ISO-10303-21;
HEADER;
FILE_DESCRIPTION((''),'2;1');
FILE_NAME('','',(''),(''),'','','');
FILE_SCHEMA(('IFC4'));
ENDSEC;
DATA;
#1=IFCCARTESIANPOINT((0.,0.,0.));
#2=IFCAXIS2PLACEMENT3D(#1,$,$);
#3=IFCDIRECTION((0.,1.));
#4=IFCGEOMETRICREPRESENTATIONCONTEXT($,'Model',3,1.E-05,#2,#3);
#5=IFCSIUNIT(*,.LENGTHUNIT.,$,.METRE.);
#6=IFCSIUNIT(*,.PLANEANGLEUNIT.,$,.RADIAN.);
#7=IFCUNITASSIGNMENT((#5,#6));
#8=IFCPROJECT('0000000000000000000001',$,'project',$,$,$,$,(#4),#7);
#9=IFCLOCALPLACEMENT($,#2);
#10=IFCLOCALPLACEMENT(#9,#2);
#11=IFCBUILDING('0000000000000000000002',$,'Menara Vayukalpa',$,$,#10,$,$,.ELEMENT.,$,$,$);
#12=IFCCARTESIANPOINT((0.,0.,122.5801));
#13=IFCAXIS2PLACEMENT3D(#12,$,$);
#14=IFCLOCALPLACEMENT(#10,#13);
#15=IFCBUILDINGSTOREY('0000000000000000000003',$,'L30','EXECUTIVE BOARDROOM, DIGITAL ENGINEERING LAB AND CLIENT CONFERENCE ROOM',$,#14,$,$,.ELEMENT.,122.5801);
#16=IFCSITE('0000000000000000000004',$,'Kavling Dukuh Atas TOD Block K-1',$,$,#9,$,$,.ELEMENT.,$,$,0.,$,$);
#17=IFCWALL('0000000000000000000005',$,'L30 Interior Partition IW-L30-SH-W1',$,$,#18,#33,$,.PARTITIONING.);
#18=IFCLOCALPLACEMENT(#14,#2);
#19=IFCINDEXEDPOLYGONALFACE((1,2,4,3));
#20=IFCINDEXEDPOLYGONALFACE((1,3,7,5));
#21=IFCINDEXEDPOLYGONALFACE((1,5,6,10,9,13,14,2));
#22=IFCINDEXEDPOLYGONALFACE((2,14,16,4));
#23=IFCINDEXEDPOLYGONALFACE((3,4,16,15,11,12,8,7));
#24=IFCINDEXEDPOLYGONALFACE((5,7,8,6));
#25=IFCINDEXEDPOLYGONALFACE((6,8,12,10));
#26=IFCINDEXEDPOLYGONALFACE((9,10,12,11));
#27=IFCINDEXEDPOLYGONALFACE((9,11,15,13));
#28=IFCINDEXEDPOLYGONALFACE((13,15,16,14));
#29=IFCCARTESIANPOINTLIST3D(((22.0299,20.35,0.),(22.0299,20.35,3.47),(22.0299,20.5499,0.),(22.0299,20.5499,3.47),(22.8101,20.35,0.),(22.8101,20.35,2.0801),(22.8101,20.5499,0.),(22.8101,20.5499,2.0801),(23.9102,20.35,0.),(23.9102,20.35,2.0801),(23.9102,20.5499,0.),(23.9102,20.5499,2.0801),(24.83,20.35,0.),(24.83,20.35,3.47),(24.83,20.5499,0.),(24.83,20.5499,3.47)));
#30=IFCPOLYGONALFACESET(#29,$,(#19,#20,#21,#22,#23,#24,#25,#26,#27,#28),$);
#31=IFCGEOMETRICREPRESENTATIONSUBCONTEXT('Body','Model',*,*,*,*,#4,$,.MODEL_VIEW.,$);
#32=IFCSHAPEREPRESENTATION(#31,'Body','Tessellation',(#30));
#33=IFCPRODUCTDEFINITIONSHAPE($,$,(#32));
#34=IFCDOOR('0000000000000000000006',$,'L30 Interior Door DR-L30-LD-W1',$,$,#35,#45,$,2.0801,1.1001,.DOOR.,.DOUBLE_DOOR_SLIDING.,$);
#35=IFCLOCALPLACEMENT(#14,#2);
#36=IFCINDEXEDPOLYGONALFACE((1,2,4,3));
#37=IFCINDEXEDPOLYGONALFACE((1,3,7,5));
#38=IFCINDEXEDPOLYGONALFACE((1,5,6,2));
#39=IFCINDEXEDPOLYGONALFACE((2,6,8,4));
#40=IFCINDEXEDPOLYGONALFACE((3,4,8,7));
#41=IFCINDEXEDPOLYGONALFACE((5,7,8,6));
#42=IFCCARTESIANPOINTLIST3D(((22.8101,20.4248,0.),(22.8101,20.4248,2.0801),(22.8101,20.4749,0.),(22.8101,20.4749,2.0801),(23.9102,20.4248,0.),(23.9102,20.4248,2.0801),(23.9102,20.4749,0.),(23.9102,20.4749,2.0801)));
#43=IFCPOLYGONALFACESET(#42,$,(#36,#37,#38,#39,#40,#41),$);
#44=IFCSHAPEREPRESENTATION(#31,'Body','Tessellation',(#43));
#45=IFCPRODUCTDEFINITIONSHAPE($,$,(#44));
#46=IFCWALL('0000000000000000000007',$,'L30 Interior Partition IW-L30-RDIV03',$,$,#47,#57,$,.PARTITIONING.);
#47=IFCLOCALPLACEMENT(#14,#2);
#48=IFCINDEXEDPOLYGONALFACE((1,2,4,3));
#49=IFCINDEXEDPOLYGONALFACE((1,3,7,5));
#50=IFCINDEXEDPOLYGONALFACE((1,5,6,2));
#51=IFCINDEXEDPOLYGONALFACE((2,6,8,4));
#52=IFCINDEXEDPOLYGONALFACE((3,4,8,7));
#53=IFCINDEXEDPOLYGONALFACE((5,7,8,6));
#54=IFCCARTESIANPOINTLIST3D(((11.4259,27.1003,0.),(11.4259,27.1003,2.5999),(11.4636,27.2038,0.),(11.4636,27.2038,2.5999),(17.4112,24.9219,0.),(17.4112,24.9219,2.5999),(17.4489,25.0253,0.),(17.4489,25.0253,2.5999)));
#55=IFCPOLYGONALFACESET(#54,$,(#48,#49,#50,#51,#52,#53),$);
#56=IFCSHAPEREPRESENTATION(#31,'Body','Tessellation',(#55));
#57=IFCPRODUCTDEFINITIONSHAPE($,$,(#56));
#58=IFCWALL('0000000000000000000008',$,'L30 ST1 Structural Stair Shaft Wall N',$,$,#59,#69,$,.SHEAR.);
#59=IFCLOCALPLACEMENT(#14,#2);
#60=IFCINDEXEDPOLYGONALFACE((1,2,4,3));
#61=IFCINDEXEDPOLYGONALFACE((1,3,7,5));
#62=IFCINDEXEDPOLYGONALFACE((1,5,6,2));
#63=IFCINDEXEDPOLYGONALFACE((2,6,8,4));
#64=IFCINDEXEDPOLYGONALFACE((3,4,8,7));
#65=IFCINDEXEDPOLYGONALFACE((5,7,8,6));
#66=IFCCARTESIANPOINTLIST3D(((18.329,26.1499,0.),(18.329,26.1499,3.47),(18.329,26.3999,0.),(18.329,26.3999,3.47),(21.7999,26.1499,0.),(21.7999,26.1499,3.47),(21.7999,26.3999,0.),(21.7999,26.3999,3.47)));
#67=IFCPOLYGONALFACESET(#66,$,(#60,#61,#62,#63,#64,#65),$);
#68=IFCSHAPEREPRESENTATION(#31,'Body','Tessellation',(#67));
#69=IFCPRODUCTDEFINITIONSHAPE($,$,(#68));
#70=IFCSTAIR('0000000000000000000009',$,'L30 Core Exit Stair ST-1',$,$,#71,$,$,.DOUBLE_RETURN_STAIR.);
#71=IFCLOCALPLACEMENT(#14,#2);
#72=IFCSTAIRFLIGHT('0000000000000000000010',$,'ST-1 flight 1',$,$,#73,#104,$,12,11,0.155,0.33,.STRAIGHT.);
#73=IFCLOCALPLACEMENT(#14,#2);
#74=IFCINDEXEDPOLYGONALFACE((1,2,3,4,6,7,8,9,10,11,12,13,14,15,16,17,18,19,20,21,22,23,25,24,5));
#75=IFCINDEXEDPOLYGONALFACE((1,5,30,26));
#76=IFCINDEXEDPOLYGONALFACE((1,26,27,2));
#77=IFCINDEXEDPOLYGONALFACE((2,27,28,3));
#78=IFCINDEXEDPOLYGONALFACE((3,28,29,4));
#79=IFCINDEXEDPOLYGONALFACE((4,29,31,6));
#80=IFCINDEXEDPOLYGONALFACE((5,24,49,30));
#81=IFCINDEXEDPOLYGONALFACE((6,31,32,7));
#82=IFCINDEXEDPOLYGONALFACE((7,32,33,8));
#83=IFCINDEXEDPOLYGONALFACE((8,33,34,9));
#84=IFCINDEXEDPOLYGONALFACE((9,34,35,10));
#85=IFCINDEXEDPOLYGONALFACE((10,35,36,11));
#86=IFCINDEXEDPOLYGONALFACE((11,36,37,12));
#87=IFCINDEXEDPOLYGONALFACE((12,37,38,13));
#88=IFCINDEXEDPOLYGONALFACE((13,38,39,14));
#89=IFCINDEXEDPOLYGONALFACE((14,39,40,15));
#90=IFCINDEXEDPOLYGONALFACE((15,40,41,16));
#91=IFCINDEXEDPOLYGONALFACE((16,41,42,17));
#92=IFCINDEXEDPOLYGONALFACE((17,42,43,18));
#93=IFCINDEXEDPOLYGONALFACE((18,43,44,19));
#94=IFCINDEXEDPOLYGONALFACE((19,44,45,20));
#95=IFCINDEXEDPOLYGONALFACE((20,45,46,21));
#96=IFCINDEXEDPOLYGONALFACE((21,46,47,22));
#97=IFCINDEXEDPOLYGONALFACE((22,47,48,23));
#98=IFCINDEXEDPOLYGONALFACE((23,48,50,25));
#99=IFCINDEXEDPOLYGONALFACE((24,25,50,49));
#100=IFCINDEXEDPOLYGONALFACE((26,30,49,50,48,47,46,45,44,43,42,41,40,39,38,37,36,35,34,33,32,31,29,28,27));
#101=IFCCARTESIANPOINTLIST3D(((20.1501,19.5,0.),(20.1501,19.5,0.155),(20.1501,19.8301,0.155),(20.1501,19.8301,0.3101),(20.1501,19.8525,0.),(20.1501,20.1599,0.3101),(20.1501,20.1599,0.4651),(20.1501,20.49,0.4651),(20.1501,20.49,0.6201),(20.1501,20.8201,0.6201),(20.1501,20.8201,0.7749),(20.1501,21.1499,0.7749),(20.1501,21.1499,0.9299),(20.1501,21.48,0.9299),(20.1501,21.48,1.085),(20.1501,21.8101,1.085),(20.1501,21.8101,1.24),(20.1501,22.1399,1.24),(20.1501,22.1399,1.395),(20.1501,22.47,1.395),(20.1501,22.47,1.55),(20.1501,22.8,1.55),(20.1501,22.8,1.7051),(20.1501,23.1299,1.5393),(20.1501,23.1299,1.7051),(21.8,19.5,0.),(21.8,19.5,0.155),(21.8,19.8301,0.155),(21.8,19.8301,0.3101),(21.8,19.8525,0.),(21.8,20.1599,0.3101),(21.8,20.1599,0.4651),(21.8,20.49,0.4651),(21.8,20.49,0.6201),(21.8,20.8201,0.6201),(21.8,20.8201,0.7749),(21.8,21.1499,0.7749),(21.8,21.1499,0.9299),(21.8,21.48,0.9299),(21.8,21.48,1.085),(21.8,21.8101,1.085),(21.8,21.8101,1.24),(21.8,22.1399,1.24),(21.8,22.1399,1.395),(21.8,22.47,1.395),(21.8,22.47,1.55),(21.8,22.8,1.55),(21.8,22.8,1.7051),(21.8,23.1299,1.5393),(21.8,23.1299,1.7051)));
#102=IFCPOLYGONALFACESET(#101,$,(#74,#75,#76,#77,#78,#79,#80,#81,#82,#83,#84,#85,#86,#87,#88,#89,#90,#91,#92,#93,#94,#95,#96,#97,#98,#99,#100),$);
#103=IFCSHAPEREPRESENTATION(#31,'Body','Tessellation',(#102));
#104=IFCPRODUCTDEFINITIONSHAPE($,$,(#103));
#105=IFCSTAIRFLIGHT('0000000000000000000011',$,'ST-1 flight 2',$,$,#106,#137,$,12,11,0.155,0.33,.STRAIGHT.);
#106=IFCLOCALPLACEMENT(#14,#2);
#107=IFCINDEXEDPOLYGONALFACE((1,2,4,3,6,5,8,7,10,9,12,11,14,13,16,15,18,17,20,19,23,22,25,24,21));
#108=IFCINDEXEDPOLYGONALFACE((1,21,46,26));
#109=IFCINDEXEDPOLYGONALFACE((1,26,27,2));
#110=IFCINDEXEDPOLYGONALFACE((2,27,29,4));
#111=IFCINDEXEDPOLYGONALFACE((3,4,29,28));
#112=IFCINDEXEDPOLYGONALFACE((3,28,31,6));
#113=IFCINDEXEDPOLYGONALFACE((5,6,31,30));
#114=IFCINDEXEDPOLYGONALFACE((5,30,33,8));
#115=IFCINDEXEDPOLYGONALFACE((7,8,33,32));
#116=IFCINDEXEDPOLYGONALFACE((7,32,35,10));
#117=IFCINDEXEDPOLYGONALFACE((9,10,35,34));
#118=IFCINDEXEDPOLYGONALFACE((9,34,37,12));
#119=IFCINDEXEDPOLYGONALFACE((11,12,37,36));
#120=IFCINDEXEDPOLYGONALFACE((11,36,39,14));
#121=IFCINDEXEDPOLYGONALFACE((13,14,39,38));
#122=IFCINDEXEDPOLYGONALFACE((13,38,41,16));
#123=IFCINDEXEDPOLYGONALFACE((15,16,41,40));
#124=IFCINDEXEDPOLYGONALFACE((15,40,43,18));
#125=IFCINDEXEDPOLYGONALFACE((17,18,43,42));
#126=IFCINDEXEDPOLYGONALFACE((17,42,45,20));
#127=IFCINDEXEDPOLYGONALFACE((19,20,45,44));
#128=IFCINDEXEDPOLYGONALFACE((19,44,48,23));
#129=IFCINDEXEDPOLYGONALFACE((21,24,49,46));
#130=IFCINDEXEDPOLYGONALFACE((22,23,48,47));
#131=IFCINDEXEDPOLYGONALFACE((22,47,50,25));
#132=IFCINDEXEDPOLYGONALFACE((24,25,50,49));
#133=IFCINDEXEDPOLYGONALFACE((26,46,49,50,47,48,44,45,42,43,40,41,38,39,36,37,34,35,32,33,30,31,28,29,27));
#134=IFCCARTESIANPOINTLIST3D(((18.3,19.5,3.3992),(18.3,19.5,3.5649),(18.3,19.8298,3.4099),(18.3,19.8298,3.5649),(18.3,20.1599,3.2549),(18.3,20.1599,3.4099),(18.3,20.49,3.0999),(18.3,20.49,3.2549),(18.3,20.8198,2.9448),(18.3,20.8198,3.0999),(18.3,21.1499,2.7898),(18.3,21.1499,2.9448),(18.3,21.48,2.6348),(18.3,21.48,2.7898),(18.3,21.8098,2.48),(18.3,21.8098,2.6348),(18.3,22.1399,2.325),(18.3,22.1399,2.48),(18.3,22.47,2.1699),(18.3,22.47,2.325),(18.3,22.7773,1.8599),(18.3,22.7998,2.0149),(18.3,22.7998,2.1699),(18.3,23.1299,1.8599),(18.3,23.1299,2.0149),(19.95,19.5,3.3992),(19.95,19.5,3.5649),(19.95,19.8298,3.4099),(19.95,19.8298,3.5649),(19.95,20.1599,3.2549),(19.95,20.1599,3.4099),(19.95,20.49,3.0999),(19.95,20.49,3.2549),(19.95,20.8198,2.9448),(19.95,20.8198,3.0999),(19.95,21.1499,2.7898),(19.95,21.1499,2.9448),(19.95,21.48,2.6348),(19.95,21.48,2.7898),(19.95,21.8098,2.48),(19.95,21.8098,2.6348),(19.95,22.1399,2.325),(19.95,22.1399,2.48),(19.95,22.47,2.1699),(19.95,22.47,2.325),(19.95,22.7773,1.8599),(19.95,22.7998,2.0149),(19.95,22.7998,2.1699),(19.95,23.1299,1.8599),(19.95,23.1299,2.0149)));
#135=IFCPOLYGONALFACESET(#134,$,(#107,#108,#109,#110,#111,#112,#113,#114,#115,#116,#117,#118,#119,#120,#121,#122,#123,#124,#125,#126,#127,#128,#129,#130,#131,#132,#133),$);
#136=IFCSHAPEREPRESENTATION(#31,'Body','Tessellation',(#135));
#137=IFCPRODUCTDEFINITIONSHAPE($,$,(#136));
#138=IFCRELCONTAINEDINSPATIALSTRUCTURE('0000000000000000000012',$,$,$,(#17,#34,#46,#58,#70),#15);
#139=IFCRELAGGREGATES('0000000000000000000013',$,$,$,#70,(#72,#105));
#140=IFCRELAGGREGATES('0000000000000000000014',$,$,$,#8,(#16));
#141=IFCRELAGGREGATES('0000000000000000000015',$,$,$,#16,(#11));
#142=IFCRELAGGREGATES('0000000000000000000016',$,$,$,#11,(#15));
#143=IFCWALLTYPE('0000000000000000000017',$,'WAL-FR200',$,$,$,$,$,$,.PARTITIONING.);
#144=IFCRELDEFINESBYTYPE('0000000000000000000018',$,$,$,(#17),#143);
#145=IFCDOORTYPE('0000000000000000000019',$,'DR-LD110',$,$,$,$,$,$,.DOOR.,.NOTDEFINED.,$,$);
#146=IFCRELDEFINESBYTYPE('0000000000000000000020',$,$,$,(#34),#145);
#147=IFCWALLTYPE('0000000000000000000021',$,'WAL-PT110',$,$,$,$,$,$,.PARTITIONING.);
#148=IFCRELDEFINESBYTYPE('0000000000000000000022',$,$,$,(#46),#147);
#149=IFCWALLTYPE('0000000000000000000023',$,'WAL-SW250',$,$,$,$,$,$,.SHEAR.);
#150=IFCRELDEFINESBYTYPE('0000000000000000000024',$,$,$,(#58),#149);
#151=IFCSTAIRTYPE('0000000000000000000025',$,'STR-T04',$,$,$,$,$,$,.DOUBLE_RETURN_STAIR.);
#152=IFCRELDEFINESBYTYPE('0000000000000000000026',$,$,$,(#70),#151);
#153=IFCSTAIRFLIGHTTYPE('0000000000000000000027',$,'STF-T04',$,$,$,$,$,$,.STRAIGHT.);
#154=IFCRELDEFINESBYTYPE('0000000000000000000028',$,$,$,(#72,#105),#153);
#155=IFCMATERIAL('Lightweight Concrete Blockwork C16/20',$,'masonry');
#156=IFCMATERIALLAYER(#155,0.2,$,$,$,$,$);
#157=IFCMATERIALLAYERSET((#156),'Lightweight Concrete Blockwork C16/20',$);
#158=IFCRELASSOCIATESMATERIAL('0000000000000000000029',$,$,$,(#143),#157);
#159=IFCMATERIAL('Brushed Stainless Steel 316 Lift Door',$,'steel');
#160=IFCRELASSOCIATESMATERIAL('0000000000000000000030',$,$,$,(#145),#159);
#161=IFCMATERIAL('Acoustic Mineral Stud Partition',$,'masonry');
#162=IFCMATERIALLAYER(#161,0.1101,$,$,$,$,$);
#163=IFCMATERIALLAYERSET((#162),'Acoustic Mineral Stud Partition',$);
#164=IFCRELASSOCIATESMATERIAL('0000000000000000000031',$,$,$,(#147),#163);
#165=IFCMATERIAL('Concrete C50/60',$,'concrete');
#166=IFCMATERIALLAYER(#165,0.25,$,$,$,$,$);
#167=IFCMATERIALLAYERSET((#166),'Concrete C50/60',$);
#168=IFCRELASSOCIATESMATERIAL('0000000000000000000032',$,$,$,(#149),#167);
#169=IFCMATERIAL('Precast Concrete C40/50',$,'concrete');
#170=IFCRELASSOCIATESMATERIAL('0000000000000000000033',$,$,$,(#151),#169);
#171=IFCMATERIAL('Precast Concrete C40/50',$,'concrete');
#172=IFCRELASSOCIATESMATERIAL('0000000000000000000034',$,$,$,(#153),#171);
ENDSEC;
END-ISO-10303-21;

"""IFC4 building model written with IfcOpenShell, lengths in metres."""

from ifc_helpers import new_model, si_unit, direction, frame, frame_2d, origin, place, context, subcontext, project, spatial, polyline, rectangle, outline, extrude, material, layer, layer_set, type_object, element, fill, aggregate, save


model = new_model("IFC4")

# Units and contexts
model_context = context("Model", 3, precision=1e-05, world=origin(), true_north=direction((0.0, 1.0)))
body_context = subcontext(model_context, "Body", "Model", "MODEL_VIEW")
ifc_project = project(units=[si_unit("LENGTHUNIT", "METRE"), si_unit("PLANEANGLEUNIT", "RADIAN")], contexts=[model_context])

# Site, building, storey
site_placement = place(None, origin())
site = spatial("IfcSite", under=ifc_project, at=site_placement, Name="Kavling Dukuh Atas TOD Block K-1", CompositionType="ELEMENT", RefElevation=0.0)
building_placement = place(site_placement, origin())
building = spatial("IfcBuilding", under=site, at=building_placement, Name="Menara Vayukalpa", CompositionType="ELEMENT")
storey_placement = place(building_placement, frame((0.0, 0.0, 122.5801)))
storey = spatial("IfcBuildingStorey", under=building, at=storey_placement, Name="L30", Description="EXECUTIVE BOARDROOM, DIGITAL ENGINEERING LAB AND CLIENT CONFERENCE ROOM", CompositionType="ELEMENT", Elevation=122.5801)

# Wall, opening, door
ifc_material_1 = material(Name="Lightweight Concrete Blockwork C16/20", Category="masonry")
ifc_layer_1 = layer(ifc_material_1, 0.2)
ifc_layer_set_1 = layer_set([ifc_layer_1], Name="Lightweight Concrete Blockwork C16/20")
wall_type_1 = type_object("IfcWallType", Name="WAL-FR200", PredefinedType="PARTITIONING", material=ifc_layer_set_1)
wall_1_placement = place(storey_placement, frame((22.03, 20.45, 0.0), z_axis=(0.0, 0.0, 1.0), x_axis=(1.0, 0.0, 0.0)))
wall_1 = element("IfcWall", 1, at=wall_1_placement, inside=storey, type_object=wall_type_1, Name="L30 Interior Partition IW-L30-SH-W1", PredefinedType="PARTITIONING", context=body_context, shape_type="SweptSolid", body=[
    extrude(rectangle(XDim=2.8, YDim=0.2, at=frame_2d((1.3999, 0.0))), origin(), (0.0, 0.0, 1.0), 3.47),
])
opening_placement = place(wall_1_placement, frame((0.78, 0.0, 0.0)))
opening = element("IfcOpeningElement", 2, at=opening_placement, cuts=wall_1, PredefinedType="OPENING", context=body_context, shape_type="SweptSolid", body=[
    extrude(rectangle(XDim=1.1001, YDim=2.0801, at=frame_2d((0.55, 1.04))), frame((0.0, 0.1099, 0.0), z_axis=(0.0, -1.0, 0.0), x_axis=(1.0, 0.0, 0.0)), (0.0, 0.0, 1.0), 0.22),
])
ifc_material_2 = material(Name="Brushed Stainless Steel 316 Lift Door", Category="steel")
door_type = type_object("IfcDoorType", Name="DR-LD110", OperationType="NOTDEFINED", PredefinedType="DOOR", material=ifc_material_2)
door_placement = place(opening_placement, origin())
door = element("IfcDoor", 3, at=door_placement, inside=storey, type_object=door_type, Name="L30 Interior Door DR-L30-LD-W1", OperationType="DOUBLE_DOOR_SLIDING", OverallHeight=2.0801, OverallWidth=1.1001, PredefinedType="DOOR", context=body_context, shape_type="SweptSolid", body=[
    extrude(rectangle(XDim=1.1001, YDim=2.0801, at=frame_2d((0.55, 1.04))), frame((0.0, 0.0249, 0.0), z_axis=(0.0, -1.0, 0.0), x_axis=(1.0, 0.0, 0.0)), (0.0, 0.0, 1.0), 0.05),
])
fill(opening, door)

# Walls
ifc_material_3 = material(Name="Acoustic Mineral Stud Partition", Category="masonry")
ifc_layer_2 = layer(ifc_material_3, 0.1101)
ifc_layer_set_2 = layer_set([ifc_layer_2], Name="Acoustic Mineral Stud Partition")
wall_type_2 = type_object("IfcWallType", Name="WAL-PT110", PredefinedType="PARTITIONING", material=ifc_layer_set_2)
wall_2_placement = place(storey_placement, frame((17.4299, 24.9736, 0.0), z_axis=(0.0, 0.0, 1.0), x_axis=(-0.939694, 0.342017, 0.0)))
element("IfcWall", 4, at=wall_2_placement, inside=storey, type_object=wall_type_2, Name="L30 Interior Partition IW-L30-RDIV03", PredefinedType="PARTITIONING", context=body_context, shape_type="SweptSolid", body=[
    extrude(rectangle(XDim=6.3694, YDim=0.1101, at=frame_2d((3.1846, 0.0))), origin(), (0.0, 0.0, 1.0), 2.5999),
])
ifc_material_4 = material(Name="Concrete C50/60", Category="concrete")
ifc_layer_3 = layer(ifc_material_4, 0.25)
ifc_layer_set_3 = layer_set([ifc_layer_3], Name="Concrete C50/60")
wall_type_3 = type_object("IfcWallType", Name="WAL-SW250", PredefinedType="SHEAR", material=ifc_layer_set_3)
wall_3_placement = place(storey_placement, frame((18.3291, 26.2749, 0.0), z_axis=(0.0, 0.0, 1.0), x_axis=(1.0, 0.0, 0.0)))
element("IfcWall", 5, at=wall_3_placement, inside=storey, type_object=wall_type_3, Name="L30 ST1 Structural Stair Shaft Wall N", PredefinedType="SHEAR", context=body_context, shape_type="SweptSolid", body=[
    extrude(rectangle(XDim=3.4709, YDim=0.25, at=frame_2d((1.7354, 0.0))), origin(), (0.0, 0.0, 1.0), 3.47),
])

# Stair, stair flights
ifc_material_5 = material(Name="Precast Concrete C40/50", Category="concrete")
stair_type = type_object("IfcStairType", Name="STR-T04", PredefinedType="DOUBLE_RETURN_STAIR", material=ifc_material_5)
stair_placement = place(storey_placement, origin())
stair = element("IfcStair", 6, at=stair_placement, inside=storey, type_object=stair_type, Name="L30 Core Exit Stair ST-1", PredefinedType="DOUBLE_RETURN_STAIR")
ifc_material_6 = material(Name="Precast Concrete C40/50", Category="concrete")
stair_flight_type = type_object("IfcStairFlightType", Name="STF-T04", PredefinedType="STRAIGHT", material=ifc_material_6)
stair_flight_1_placement = place(storey_placement, frame((20.9751, 19.5, 0.0), z_axis=(0.0, 0.0, 1.0), x_axis=(0.0, 1.0, 0.0)))
stair_flight_1 = element("IfcStairFlight", 7, at=stair_flight_1_placement, type_object=stair_flight_type, Name="ST-1 flight 1", NumberOfRisers=12, NumberOfTreads=11, PredefinedType="STRAIGHT", RiserHeight=0.155, TreadLength=0.33, context=body_context, shape_type="SweptSolid", body=[
    extrude(outline(polyline([(0.0, 0.0), (0.0, 0.155), (0.3301, 0.155), (0.3301, 0.3101), (0.6599, 0.3101), (0.6599, 0.4651), (0.99, 0.4651), (0.99, 0.6201), (1.3201, 0.6201), (1.3201, 0.7749), (1.6499, 0.7749), (1.6499, 0.9299), (1.98, 0.9299), (1.98, 1.085), (2.3101, 1.085), (2.3101, 1.24), (2.6399, 1.24), (2.6399, 1.395), (2.97, 1.395), (2.97, 1.55), (3.3, 1.55), (3.3, 1.7051), (3.6299, 1.7051), (3.6299, 1.8601), (3.6299, 1.5393), (0.3525, 0.0), (0.0, 0.0)])), frame((0.0, 0.825, 0.0), z_axis=(0.0, -1.0, 0.0), x_axis=(1.0, 0.0, 0.0)), (0.0, 0.0, 1.0), 1.6499),
])
stair_flight_2_placement = place(storey_placement, frame((19.125, 23.1299, 1.8599), z_axis=(0.0, 0.0, 1.0), x_axis=(0.0, -1.0, 0.0)))
stair_flight_2 = element("IfcStairFlight", 8, at=stair_flight_2_placement, type_object=stair_flight_type, Name="ST-1 flight 2", NumberOfRisers=12, NumberOfTreads=11, PredefinedType="STRAIGHT", RiserHeight=0.155, TreadLength=0.33, context=body_context, shape_type="SweptSolid", body=[
    extrude(outline(polyline([(0.0, 0.0), (0.0, 0.155), (0.3301, 0.155), (0.3301, 0.3101), (0.6599, 0.3101), (0.6599, 0.4651), (0.99, 0.4651), (0.99, 0.6201), (1.3201, 0.6201), (1.3201, 0.7749), (1.6499, 0.7749), (1.6499, 0.9299), (1.98, 0.9299), (1.98, 1.085), (2.3101, 1.085), (2.3101, 1.24), (2.6399, 1.24), (2.6399, 1.395), (2.97, 1.395), (2.97, 1.55), (3.3, 1.55), (3.3, 1.7051), (3.6299, 1.7051), (3.6299, 1.8601), (3.6299, 1.5393), (0.3525, 0.0), (0.0, 0.0)])), frame((0.0, 0.825, 0.0), z_axis=(0.0, -1.0, 0.0), x_axis=(1.0, 0.0, 0.0)), (0.0, 0.0, 1.0), 1.6499),
])
aggregate(stair, [stair_flight_1, stair_flight_2])

save(model, "model.ifc")
